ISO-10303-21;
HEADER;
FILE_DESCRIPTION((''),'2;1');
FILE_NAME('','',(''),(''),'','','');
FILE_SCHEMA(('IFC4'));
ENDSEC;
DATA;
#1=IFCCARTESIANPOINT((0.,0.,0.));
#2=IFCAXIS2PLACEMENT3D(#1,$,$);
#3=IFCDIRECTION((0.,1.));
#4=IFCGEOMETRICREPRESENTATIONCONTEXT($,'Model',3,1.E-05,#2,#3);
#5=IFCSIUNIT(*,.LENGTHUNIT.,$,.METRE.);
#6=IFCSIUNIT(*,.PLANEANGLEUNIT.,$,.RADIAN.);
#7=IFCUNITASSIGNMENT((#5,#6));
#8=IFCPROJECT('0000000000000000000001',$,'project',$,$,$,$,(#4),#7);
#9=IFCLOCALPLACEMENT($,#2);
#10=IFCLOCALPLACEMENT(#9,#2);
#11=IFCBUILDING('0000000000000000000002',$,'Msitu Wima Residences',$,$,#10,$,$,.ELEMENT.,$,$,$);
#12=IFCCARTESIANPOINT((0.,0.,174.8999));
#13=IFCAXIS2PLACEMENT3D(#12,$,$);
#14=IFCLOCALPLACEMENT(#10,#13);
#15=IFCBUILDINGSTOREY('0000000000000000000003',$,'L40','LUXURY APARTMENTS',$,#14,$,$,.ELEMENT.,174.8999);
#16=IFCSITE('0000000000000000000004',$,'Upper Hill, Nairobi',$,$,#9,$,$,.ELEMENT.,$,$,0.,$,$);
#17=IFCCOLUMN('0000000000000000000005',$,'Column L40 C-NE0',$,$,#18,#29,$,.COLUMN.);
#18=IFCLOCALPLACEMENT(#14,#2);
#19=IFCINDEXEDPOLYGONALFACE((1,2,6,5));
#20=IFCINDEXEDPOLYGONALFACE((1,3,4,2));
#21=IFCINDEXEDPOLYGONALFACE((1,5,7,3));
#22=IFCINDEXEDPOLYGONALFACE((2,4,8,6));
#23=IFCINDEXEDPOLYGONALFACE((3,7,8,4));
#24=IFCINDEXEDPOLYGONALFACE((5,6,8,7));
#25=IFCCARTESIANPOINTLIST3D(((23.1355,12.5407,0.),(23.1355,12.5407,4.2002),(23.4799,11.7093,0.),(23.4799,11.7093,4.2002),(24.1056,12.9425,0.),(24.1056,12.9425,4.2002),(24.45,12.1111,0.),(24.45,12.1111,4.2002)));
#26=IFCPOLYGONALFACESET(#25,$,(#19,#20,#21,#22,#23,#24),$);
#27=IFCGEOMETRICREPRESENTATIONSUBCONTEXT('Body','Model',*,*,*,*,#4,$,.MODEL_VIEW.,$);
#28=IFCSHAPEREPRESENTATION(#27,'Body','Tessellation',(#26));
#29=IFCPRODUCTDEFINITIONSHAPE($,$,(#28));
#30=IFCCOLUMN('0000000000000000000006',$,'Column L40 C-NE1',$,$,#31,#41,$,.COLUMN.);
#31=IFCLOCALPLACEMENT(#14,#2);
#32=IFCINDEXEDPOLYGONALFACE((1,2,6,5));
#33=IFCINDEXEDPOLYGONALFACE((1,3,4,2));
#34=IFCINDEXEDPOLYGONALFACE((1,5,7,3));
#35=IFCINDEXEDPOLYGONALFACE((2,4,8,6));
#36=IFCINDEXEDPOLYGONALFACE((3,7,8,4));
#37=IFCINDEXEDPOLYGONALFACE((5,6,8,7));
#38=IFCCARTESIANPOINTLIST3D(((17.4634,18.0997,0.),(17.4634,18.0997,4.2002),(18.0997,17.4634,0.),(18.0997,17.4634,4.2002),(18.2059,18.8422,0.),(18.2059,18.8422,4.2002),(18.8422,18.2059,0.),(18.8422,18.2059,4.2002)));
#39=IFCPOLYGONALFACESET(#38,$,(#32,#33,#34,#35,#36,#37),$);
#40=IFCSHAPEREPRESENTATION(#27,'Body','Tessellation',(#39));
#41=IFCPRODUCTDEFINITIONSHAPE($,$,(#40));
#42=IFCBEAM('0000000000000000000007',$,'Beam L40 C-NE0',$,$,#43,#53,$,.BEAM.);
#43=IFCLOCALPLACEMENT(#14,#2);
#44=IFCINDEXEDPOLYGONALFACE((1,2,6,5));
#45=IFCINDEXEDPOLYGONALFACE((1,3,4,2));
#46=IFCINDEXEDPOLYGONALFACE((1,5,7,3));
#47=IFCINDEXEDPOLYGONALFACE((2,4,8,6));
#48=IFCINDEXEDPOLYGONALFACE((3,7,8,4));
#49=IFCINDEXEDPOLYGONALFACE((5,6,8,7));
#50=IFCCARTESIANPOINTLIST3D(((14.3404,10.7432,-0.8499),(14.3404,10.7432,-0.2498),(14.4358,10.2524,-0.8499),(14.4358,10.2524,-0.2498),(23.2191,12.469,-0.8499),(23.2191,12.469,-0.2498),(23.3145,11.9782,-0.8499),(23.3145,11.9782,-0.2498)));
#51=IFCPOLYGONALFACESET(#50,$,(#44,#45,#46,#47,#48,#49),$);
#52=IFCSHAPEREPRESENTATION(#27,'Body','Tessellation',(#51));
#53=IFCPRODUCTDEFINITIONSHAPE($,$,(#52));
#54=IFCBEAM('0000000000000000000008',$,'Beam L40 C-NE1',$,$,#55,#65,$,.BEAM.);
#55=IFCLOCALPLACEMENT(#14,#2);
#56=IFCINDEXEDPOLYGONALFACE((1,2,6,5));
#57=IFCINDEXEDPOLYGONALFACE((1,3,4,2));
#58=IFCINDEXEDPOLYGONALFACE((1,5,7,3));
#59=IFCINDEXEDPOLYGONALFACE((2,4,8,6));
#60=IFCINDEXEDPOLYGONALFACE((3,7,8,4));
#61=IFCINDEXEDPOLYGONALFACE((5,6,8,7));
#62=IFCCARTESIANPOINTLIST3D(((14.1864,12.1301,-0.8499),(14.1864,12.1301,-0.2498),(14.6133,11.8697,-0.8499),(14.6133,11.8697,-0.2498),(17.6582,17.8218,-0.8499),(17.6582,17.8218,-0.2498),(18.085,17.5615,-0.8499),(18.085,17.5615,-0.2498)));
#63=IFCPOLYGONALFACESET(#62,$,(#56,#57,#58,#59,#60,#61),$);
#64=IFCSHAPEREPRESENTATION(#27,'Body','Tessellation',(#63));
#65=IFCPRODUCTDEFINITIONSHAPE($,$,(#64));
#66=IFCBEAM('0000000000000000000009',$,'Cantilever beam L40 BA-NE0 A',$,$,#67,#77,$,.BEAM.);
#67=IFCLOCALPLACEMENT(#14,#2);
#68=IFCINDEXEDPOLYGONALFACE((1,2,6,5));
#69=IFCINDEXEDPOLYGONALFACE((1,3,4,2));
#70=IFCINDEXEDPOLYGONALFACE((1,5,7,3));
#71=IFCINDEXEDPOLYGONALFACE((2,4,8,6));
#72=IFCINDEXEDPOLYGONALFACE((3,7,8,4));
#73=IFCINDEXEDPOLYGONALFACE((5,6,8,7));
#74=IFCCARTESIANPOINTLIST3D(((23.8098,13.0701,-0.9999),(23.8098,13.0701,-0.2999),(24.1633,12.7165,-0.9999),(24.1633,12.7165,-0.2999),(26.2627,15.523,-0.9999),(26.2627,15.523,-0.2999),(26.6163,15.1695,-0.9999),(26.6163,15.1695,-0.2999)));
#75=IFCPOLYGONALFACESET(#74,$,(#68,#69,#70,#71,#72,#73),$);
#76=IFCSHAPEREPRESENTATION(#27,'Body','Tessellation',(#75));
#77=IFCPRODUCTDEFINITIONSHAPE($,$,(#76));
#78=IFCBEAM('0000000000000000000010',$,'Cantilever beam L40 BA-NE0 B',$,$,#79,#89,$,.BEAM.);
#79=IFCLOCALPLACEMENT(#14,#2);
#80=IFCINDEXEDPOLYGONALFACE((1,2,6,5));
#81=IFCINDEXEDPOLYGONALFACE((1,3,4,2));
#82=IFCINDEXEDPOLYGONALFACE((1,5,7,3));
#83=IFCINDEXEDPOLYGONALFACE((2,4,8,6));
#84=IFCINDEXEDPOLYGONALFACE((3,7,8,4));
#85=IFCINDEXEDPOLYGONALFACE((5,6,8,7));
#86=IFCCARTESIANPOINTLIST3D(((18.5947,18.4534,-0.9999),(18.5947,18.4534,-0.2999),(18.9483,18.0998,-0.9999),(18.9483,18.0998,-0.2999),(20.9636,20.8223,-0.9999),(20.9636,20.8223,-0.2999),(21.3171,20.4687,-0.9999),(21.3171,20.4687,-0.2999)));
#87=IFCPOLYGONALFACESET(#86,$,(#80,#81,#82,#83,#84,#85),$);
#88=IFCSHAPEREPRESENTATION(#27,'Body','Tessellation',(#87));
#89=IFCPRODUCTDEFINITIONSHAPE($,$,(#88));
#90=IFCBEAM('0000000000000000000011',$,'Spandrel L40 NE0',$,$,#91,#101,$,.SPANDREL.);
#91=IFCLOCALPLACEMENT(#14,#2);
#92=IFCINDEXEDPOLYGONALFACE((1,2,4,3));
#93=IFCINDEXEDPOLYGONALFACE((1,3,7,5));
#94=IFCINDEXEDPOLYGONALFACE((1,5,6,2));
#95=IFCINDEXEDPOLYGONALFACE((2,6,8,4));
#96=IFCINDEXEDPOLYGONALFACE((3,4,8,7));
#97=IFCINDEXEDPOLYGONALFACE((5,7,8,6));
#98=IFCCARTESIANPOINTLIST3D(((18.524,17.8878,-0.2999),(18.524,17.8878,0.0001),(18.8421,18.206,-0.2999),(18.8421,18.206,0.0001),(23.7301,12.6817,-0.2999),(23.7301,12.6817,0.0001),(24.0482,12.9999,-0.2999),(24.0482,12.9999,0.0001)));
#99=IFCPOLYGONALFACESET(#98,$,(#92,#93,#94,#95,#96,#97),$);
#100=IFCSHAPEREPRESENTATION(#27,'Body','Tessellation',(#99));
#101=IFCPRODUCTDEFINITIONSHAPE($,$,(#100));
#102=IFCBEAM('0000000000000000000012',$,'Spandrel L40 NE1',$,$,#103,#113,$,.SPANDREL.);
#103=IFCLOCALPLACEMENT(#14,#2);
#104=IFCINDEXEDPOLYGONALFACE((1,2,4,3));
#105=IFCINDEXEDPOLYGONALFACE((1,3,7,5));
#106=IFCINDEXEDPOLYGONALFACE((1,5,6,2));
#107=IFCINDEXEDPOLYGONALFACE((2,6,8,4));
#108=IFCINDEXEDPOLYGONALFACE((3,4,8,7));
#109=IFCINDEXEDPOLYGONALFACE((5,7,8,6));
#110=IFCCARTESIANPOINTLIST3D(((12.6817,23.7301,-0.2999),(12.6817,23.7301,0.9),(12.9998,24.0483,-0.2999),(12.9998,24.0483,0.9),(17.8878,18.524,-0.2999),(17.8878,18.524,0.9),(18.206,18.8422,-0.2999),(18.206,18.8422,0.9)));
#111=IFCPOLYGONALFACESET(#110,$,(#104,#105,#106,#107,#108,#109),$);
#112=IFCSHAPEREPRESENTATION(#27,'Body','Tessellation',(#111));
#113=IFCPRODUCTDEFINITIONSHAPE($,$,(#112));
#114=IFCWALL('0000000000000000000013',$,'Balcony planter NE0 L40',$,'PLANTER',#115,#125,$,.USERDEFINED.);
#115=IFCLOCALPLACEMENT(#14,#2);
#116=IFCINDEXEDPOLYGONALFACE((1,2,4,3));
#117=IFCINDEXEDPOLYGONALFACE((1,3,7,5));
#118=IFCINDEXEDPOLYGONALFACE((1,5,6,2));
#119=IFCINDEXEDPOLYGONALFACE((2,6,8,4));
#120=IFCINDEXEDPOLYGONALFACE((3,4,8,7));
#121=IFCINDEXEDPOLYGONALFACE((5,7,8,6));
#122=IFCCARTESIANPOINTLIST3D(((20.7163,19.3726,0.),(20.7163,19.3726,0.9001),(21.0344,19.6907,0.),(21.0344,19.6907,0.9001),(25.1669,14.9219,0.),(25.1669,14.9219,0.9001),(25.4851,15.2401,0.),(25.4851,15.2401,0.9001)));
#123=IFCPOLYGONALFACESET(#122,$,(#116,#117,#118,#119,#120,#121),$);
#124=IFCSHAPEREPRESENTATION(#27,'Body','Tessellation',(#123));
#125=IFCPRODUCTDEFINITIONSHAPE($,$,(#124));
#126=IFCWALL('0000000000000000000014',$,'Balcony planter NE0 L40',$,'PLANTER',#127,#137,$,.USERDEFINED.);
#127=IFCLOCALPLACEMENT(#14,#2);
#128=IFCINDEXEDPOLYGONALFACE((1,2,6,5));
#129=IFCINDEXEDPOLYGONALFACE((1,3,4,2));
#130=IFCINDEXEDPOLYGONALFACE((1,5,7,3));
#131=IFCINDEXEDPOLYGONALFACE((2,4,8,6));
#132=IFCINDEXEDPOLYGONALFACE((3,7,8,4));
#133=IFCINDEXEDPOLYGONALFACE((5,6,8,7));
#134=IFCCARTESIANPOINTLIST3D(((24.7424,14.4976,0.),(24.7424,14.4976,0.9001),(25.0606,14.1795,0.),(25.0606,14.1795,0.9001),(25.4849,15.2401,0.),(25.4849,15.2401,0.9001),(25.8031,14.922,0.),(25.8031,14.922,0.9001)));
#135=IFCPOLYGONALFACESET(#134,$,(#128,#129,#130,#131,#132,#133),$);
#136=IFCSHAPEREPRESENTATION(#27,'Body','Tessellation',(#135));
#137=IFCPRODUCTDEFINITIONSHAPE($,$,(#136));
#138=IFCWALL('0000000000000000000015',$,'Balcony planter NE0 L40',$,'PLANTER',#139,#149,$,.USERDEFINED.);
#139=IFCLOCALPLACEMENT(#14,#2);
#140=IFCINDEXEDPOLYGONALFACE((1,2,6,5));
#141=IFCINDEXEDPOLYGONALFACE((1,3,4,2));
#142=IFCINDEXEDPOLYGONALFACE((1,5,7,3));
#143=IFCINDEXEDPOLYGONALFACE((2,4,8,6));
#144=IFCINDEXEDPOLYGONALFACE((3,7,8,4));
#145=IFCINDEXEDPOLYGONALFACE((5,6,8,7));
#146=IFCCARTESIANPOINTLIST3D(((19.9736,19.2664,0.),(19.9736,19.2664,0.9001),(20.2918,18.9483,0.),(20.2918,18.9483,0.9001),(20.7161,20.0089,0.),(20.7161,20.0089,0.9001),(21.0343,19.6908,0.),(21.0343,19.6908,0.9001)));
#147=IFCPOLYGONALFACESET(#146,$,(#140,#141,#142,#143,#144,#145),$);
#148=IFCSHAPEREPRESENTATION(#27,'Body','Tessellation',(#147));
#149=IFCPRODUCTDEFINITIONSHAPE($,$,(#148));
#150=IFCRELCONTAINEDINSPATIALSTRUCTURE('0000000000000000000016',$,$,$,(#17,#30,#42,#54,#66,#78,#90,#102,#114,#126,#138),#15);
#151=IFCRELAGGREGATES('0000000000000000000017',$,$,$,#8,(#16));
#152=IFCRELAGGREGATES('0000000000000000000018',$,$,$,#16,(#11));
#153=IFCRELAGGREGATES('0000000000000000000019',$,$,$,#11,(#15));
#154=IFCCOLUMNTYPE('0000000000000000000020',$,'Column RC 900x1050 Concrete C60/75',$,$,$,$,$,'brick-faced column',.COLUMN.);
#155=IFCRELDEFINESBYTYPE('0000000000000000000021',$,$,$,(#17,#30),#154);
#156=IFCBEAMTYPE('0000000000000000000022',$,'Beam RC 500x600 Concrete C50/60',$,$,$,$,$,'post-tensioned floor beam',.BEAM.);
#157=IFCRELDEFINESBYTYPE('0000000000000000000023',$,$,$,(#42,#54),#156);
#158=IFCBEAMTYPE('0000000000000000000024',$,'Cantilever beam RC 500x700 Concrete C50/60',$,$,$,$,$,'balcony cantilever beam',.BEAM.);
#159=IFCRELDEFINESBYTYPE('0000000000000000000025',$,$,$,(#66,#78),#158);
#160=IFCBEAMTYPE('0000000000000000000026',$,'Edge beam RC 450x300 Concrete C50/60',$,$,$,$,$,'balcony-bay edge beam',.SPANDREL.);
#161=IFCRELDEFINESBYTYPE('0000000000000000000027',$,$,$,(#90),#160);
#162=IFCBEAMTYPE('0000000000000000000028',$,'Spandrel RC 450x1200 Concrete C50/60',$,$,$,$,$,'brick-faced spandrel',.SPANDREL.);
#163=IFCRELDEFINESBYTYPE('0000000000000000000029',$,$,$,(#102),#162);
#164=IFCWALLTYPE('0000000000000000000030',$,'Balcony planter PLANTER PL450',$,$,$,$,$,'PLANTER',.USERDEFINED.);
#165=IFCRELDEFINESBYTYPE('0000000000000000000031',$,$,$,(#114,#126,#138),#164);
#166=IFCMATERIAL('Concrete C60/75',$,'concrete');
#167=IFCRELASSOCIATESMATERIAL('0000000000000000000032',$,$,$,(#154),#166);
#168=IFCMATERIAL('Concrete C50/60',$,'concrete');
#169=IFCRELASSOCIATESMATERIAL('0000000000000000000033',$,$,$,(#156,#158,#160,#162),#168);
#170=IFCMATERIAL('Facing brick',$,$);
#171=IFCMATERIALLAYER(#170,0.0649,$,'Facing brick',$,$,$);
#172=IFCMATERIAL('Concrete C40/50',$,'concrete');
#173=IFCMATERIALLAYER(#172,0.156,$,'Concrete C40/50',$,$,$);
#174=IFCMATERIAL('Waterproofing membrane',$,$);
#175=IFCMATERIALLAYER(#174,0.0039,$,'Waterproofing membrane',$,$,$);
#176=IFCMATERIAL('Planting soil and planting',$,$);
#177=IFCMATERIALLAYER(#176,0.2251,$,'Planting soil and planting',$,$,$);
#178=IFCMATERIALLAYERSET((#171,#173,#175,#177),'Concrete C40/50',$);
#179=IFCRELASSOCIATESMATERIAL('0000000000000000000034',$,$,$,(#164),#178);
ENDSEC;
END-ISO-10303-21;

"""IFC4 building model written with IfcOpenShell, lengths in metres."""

from ifc_helpers import new_model, si_unit, direction, frame, frame_2d, origin, origin_2d, place, context, subcontext, project, spatial, rectangle, extrude, material, layer, layer_set, material_profile, profile_set, type_object, element, save


model = new_model("IFC4")

# Units and contexts
model_context = context("Model", 3, precision=1e-05, world=origin(), true_north=direction((0.0, 1.0)))
body_context = subcontext(model_context, "Body", "Model", "MODEL_VIEW")
ifc_project = project(units=[si_unit("LENGTHUNIT", "METRE"), si_unit("PLANEANGLEUNIT", "RADIAN")], contexts=[model_context])

# Site, building, storey
site_placement = place(None, origin())
site = spatial("IfcSite", under=ifc_project, at=site_placement, Name="Upper Hill, Nairobi", CompositionType="ELEMENT", RefElevation=0.0)
building_placement = place(site_placement, origin())
building = spatial("IfcBuilding", under=site, at=building_placement, Name="Msitu Wima Residences", CompositionType="ELEMENT")
storey_placement = place(building_placement, frame((0.0, 0.0, 174.8999)))
storey = spatial("IfcBuildingStorey", under=building, at=storey_placement, Name="L40", Description="LUXURY APARTMENTS", CompositionType="ELEMENT", Elevation=174.8999)

# Columns
ifc_material_1 = material(Name="Concrete C60/75", Category="concrete")
ifc_material_profile_1 = material_profile(ifc_material_1, rectangle(XDim=0.8999, YDim=1.05, at=origin_2d()), Name="RC 900x1050")
ifc_profile_set_1 = profile_set([ifc_material_profile_1], Name="Concrete C60/75")
column_type = type_object("IfcColumnType", Name="Column RC 900x1050 Concrete C60/75", ElementType="brick-faced column", PredefinedType="COLUMN", material=ifc_profile_set_1)
for number, where, z_axis, x_axis, name in (
    (1, (23.7927, 12.3259, 0.0), (0.0, 0.0, 1.0), (-0.382683, 0.92388, 0.0), "Column L40 C-NE0"),
    (2, (18.1528, 18.1528, 0.0), (0.0, 0.0, 1.0), (-0.707107, 0.707107, 0.0), "Column L40 C-NE1"),
):
    element("IfcColumn", number, at=place(storey_placement, frame(where, z_axis=z_axis, x_axis=x_axis)), inside=storey, type_object=column_type, Name=name, PredefinedType="COLUMN", context=body_context, shape_type="SweptSolid", body=[
        extrude(rectangle(XDim=0.8999, YDim=1.05, at=origin_2d()), origin(), (0.0, 0.0, 1.0), 4.2002),
    ])

# Beams
ifc_material_2 = material(Name="Concrete C50/60", Category="concrete")
ifc_material_profile_2 = material_profile(ifc_material_2, rectangle(XDim=0.5, YDim=0.6001, at=origin_2d()), Name="RC 500x600")
ifc_profile_set_2 = profile_set([ifc_material_profile_2], Name="Concrete C50/60")
beam_type_1 = type_object("IfcBeamType", Name="Beam RC 500x600 Concrete C50/60", ElementType="post-tensioned floor beam", PredefinedType="BEAM", material=ifc_profile_set_2)
beam_1_placement = place(storey_placement, frame((23.2668, 12.2236, -0.5498), z_axis=(-0.981627, -0.190808, 0.0), x_axis=(0.190808, -0.981627, 0.0)))
element("IfcBeam", 3, at=beam_1_placement, inside=storey, type_object=beam_type_1, Name="Beam L40 C-NE0", PredefinedType="BEAM", context=body_context, shape_type="SweptSolid", body=[
    extrude(rectangle(XDim=0.5, YDim=0.6001, at=origin_2d()), origin(), (0.0, 0.0, 1.0), 9.0449),
])
beam_2_placement = place(storey_placement, frame((17.8716, 17.6917, -0.5498), z_axis=(-0.520734, -0.853719, 0.0), x_axis=(0.853719, -0.520734, 0.0)))
element("IfcBeam", 4, at=beam_2_placement, inside=storey, type_object=beam_type_1, Name="Beam L40 C-NE1", PredefinedType="BEAM", context=body_context, shape_type="SweptSolid", body=[
    extrude(rectangle(XDim=0.5, YDim=0.6001, at=origin_2d()), origin(), (0.0, 0.0, 1.0), 6.667),
])
ifc_material_profile_3 = material_profile(ifc_material_2, rectangle(XDim=0.5, YDim=0.7, at=origin_2d()), Name="RC 500x700")
ifc_profile_set_3 = profile_set([ifc_material_profile_3], Name="Concrete C50/60")
beam_type_2 = type_object("IfcBeamType", Name="Cantilever beam RC 500x700 Concrete C50/60", ElementType="balcony cantilever beam", PredefinedType="BEAM", material=ifc_profile_set_3)
beam_3_placement = place(storey_placement, frame((23.9866, 12.8933, -0.6499), z_axis=(0.707107, 0.707107, 0.0), x_axis=(-0.707107, 0.707107, 0.0)))
element("IfcBeam", 5, at=beam_3_placement, inside=storey, type_object=beam_type_2, Name="Cantilever beam L40 BA-NE0 A", PredefinedType="BEAM", context=body_context, shape_type="SweptSolid", body=[
    extrude(rectangle(XDim=0.5, YDim=0.7, at=origin_2d()), origin(), (0.0, 0.0, 1.0), 3.469),
])
beam_4_placement = place(storey_placement, frame((18.7715, 18.2766, -0.6499), z_axis=(0.707107, 0.707107, 0.0), x_axis=(-0.707107, 0.707107, 0.0)))
element("IfcBeam", 6, at=beam_4_placement, inside=storey, type_object=beam_type_2, Name="Cantilever beam L40 BA-NE0 B", PredefinedType="BEAM", context=body_context, shape_type="SweptSolid", body=[
    extrude(rectangle(XDim=0.5, YDim=0.7, at=origin_2d()), origin(), (0.0, 0.0, 1.0), 3.3501),
])
ifc_material_profile_4 = material_profile(ifc_material_2, rectangle(XDim=0.45, YDim=0.3, at=origin_2d()), Name="RC 450x300")
ifc_profile_set_4 = profile_set([ifc_material_profile_4], Name="Concrete C50/60")
beam_type_3 = type_object("IfcBeamType", Name="Edge beam RC 450x300 Concrete C50/60", ElementType="balcony-bay edge beam", PredefinedType="SPANDREL", material=ifc_profile_set_4)
beam_5_placement = place(storey_placement, frame((23.8892, 12.8408, -0.1499), z_axis=(-0.707107, 0.707107, 0.0), x_axis=(-0.707107, -0.707107, 0.0)))
element("IfcBeam", 7, at=beam_5_placement, inside=storey, type_object=beam_type_3, Name="Spandrel L40 NE0", PredefinedType="SPANDREL", context=body_context, shape_type="SweptSolid", body=[
    extrude(rectangle(XDim=0.45, YDim=0.3, at=origin_2d()), origin(), (0.0, 0.0, 1.0), 7.3625),
])
ifc_material_profile_5 = material_profile(ifc_material_2, rectangle(XDim=0.45, YDim=1.2, at=origin_2d()), Name="RC 450x1200")
ifc_profile_set_5 = profile_set([ifc_material_profile_5], Name="Concrete C50/60")
beam_type_4 = type_object("IfcBeamType", Name="Spandrel RC 450x1200 Concrete C50/60", ElementType="brick-faced spandrel", PredefinedType="SPANDREL", material=ifc_profile_set_5)
beam_6_placement = place(storey_placement, frame((18.0469, 18.6831, 0.3), z_axis=(-0.707107, 0.707107, 0.0), x_axis=(-0.707107, -0.707107, 0.0)))
element("IfcBeam", 8, at=beam_6_placement, inside=storey, type_object=beam_type_4, Name="Spandrel L40 NE1", PredefinedType="SPANDREL", context=body_context, shape_type="SweptSolid", body=[
    extrude(rectangle(XDim=0.45, YDim=1.2, at=origin_2d()), origin(), (0.0, 0.0, 1.0), 7.3625),
])

# Walls
ifc_material_3 = material(Name="Facing brick")
ifc_layer_1 = layer(ifc_material_3, 0.0649, Name="Facing brick")
ifc_material_4 = material(Name="Concrete C40/50", Category="concrete")
ifc_layer_2 = layer(ifc_material_4, 0.156, Name="Concrete C40/50")
ifc_material_5 = material(Name="Waterproofing membrane")
ifc_layer_3 = layer(ifc_material_5, 0.0039, Name="Waterproofing membrane")
ifc_material_6 = material(Name="Planting soil and planting")
ifc_layer_4 = layer(ifc_material_6, 0.2251, Name="Planting soil and planting")
ifc_layer_set_1 = layer_set([ifc_layer_1, ifc_layer_2, ifc_layer_3, ifc_layer_4], Name="Concrete C40/50")
wall_type_1 = type_object("IfcWallType", Name="Balcony planter PLANTER PL450", ElementType="PLANTER", PredefinedType="USERDEFINED", material=ifc_layer_set_1)
wall_1_placement = place(storey_placement, frame((25.3259, 15.0811, 0.0), z_axis=(0.0, 0.0, 1.0), x_axis=(-0.707107, 0.707107, 0.0)))
element("IfcWall", 9, at=wall_1_placement, inside=storey, type_object=wall_type_1, Name="Balcony planter NE0 L40", ObjectType="PLANTER", PredefinedType="USERDEFINED", context=body_context, shape_type="SweptSolid", body=[
    extrude(rectangle(XDim=6.2942, YDim=0.45, at=frame_2d((3.147, 0.0))), origin(), (0.0, 0.0, 1.0), 0.9001),
])
for number, where, z_axis, x_axis, name in (
    (10, (24.9016, 14.3386, 0.0), (0.0, 0.0, 1.0), (0.707107, 0.707107, 0.0), "Balcony planter NE0 L40"),
    (11, (20.1328, 19.1074, 0.0), (0.0, 0.0, 1.0), (0.707107, 0.707107, 0.0), "Balcony planter NE0 L40"),
):
    element("IfcWall", number, at=place(storey_placement, frame(where, z_axis=z_axis, x_axis=x_axis)), inside=storey, type_object=wall_type_1, Name=name, ObjectType="PLANTER", PredefinedType="USERDEFINED", context=body_context, shape_type="SweptSolid", body=[
        extrude(rectangle(XDim=1.05, YDim=0.45, at=frame_2d((0.5249, 0.0))), origin(), (0.0, 0.0, 1.0), 0.9001),
    ])

save(model, "model.ifc")
